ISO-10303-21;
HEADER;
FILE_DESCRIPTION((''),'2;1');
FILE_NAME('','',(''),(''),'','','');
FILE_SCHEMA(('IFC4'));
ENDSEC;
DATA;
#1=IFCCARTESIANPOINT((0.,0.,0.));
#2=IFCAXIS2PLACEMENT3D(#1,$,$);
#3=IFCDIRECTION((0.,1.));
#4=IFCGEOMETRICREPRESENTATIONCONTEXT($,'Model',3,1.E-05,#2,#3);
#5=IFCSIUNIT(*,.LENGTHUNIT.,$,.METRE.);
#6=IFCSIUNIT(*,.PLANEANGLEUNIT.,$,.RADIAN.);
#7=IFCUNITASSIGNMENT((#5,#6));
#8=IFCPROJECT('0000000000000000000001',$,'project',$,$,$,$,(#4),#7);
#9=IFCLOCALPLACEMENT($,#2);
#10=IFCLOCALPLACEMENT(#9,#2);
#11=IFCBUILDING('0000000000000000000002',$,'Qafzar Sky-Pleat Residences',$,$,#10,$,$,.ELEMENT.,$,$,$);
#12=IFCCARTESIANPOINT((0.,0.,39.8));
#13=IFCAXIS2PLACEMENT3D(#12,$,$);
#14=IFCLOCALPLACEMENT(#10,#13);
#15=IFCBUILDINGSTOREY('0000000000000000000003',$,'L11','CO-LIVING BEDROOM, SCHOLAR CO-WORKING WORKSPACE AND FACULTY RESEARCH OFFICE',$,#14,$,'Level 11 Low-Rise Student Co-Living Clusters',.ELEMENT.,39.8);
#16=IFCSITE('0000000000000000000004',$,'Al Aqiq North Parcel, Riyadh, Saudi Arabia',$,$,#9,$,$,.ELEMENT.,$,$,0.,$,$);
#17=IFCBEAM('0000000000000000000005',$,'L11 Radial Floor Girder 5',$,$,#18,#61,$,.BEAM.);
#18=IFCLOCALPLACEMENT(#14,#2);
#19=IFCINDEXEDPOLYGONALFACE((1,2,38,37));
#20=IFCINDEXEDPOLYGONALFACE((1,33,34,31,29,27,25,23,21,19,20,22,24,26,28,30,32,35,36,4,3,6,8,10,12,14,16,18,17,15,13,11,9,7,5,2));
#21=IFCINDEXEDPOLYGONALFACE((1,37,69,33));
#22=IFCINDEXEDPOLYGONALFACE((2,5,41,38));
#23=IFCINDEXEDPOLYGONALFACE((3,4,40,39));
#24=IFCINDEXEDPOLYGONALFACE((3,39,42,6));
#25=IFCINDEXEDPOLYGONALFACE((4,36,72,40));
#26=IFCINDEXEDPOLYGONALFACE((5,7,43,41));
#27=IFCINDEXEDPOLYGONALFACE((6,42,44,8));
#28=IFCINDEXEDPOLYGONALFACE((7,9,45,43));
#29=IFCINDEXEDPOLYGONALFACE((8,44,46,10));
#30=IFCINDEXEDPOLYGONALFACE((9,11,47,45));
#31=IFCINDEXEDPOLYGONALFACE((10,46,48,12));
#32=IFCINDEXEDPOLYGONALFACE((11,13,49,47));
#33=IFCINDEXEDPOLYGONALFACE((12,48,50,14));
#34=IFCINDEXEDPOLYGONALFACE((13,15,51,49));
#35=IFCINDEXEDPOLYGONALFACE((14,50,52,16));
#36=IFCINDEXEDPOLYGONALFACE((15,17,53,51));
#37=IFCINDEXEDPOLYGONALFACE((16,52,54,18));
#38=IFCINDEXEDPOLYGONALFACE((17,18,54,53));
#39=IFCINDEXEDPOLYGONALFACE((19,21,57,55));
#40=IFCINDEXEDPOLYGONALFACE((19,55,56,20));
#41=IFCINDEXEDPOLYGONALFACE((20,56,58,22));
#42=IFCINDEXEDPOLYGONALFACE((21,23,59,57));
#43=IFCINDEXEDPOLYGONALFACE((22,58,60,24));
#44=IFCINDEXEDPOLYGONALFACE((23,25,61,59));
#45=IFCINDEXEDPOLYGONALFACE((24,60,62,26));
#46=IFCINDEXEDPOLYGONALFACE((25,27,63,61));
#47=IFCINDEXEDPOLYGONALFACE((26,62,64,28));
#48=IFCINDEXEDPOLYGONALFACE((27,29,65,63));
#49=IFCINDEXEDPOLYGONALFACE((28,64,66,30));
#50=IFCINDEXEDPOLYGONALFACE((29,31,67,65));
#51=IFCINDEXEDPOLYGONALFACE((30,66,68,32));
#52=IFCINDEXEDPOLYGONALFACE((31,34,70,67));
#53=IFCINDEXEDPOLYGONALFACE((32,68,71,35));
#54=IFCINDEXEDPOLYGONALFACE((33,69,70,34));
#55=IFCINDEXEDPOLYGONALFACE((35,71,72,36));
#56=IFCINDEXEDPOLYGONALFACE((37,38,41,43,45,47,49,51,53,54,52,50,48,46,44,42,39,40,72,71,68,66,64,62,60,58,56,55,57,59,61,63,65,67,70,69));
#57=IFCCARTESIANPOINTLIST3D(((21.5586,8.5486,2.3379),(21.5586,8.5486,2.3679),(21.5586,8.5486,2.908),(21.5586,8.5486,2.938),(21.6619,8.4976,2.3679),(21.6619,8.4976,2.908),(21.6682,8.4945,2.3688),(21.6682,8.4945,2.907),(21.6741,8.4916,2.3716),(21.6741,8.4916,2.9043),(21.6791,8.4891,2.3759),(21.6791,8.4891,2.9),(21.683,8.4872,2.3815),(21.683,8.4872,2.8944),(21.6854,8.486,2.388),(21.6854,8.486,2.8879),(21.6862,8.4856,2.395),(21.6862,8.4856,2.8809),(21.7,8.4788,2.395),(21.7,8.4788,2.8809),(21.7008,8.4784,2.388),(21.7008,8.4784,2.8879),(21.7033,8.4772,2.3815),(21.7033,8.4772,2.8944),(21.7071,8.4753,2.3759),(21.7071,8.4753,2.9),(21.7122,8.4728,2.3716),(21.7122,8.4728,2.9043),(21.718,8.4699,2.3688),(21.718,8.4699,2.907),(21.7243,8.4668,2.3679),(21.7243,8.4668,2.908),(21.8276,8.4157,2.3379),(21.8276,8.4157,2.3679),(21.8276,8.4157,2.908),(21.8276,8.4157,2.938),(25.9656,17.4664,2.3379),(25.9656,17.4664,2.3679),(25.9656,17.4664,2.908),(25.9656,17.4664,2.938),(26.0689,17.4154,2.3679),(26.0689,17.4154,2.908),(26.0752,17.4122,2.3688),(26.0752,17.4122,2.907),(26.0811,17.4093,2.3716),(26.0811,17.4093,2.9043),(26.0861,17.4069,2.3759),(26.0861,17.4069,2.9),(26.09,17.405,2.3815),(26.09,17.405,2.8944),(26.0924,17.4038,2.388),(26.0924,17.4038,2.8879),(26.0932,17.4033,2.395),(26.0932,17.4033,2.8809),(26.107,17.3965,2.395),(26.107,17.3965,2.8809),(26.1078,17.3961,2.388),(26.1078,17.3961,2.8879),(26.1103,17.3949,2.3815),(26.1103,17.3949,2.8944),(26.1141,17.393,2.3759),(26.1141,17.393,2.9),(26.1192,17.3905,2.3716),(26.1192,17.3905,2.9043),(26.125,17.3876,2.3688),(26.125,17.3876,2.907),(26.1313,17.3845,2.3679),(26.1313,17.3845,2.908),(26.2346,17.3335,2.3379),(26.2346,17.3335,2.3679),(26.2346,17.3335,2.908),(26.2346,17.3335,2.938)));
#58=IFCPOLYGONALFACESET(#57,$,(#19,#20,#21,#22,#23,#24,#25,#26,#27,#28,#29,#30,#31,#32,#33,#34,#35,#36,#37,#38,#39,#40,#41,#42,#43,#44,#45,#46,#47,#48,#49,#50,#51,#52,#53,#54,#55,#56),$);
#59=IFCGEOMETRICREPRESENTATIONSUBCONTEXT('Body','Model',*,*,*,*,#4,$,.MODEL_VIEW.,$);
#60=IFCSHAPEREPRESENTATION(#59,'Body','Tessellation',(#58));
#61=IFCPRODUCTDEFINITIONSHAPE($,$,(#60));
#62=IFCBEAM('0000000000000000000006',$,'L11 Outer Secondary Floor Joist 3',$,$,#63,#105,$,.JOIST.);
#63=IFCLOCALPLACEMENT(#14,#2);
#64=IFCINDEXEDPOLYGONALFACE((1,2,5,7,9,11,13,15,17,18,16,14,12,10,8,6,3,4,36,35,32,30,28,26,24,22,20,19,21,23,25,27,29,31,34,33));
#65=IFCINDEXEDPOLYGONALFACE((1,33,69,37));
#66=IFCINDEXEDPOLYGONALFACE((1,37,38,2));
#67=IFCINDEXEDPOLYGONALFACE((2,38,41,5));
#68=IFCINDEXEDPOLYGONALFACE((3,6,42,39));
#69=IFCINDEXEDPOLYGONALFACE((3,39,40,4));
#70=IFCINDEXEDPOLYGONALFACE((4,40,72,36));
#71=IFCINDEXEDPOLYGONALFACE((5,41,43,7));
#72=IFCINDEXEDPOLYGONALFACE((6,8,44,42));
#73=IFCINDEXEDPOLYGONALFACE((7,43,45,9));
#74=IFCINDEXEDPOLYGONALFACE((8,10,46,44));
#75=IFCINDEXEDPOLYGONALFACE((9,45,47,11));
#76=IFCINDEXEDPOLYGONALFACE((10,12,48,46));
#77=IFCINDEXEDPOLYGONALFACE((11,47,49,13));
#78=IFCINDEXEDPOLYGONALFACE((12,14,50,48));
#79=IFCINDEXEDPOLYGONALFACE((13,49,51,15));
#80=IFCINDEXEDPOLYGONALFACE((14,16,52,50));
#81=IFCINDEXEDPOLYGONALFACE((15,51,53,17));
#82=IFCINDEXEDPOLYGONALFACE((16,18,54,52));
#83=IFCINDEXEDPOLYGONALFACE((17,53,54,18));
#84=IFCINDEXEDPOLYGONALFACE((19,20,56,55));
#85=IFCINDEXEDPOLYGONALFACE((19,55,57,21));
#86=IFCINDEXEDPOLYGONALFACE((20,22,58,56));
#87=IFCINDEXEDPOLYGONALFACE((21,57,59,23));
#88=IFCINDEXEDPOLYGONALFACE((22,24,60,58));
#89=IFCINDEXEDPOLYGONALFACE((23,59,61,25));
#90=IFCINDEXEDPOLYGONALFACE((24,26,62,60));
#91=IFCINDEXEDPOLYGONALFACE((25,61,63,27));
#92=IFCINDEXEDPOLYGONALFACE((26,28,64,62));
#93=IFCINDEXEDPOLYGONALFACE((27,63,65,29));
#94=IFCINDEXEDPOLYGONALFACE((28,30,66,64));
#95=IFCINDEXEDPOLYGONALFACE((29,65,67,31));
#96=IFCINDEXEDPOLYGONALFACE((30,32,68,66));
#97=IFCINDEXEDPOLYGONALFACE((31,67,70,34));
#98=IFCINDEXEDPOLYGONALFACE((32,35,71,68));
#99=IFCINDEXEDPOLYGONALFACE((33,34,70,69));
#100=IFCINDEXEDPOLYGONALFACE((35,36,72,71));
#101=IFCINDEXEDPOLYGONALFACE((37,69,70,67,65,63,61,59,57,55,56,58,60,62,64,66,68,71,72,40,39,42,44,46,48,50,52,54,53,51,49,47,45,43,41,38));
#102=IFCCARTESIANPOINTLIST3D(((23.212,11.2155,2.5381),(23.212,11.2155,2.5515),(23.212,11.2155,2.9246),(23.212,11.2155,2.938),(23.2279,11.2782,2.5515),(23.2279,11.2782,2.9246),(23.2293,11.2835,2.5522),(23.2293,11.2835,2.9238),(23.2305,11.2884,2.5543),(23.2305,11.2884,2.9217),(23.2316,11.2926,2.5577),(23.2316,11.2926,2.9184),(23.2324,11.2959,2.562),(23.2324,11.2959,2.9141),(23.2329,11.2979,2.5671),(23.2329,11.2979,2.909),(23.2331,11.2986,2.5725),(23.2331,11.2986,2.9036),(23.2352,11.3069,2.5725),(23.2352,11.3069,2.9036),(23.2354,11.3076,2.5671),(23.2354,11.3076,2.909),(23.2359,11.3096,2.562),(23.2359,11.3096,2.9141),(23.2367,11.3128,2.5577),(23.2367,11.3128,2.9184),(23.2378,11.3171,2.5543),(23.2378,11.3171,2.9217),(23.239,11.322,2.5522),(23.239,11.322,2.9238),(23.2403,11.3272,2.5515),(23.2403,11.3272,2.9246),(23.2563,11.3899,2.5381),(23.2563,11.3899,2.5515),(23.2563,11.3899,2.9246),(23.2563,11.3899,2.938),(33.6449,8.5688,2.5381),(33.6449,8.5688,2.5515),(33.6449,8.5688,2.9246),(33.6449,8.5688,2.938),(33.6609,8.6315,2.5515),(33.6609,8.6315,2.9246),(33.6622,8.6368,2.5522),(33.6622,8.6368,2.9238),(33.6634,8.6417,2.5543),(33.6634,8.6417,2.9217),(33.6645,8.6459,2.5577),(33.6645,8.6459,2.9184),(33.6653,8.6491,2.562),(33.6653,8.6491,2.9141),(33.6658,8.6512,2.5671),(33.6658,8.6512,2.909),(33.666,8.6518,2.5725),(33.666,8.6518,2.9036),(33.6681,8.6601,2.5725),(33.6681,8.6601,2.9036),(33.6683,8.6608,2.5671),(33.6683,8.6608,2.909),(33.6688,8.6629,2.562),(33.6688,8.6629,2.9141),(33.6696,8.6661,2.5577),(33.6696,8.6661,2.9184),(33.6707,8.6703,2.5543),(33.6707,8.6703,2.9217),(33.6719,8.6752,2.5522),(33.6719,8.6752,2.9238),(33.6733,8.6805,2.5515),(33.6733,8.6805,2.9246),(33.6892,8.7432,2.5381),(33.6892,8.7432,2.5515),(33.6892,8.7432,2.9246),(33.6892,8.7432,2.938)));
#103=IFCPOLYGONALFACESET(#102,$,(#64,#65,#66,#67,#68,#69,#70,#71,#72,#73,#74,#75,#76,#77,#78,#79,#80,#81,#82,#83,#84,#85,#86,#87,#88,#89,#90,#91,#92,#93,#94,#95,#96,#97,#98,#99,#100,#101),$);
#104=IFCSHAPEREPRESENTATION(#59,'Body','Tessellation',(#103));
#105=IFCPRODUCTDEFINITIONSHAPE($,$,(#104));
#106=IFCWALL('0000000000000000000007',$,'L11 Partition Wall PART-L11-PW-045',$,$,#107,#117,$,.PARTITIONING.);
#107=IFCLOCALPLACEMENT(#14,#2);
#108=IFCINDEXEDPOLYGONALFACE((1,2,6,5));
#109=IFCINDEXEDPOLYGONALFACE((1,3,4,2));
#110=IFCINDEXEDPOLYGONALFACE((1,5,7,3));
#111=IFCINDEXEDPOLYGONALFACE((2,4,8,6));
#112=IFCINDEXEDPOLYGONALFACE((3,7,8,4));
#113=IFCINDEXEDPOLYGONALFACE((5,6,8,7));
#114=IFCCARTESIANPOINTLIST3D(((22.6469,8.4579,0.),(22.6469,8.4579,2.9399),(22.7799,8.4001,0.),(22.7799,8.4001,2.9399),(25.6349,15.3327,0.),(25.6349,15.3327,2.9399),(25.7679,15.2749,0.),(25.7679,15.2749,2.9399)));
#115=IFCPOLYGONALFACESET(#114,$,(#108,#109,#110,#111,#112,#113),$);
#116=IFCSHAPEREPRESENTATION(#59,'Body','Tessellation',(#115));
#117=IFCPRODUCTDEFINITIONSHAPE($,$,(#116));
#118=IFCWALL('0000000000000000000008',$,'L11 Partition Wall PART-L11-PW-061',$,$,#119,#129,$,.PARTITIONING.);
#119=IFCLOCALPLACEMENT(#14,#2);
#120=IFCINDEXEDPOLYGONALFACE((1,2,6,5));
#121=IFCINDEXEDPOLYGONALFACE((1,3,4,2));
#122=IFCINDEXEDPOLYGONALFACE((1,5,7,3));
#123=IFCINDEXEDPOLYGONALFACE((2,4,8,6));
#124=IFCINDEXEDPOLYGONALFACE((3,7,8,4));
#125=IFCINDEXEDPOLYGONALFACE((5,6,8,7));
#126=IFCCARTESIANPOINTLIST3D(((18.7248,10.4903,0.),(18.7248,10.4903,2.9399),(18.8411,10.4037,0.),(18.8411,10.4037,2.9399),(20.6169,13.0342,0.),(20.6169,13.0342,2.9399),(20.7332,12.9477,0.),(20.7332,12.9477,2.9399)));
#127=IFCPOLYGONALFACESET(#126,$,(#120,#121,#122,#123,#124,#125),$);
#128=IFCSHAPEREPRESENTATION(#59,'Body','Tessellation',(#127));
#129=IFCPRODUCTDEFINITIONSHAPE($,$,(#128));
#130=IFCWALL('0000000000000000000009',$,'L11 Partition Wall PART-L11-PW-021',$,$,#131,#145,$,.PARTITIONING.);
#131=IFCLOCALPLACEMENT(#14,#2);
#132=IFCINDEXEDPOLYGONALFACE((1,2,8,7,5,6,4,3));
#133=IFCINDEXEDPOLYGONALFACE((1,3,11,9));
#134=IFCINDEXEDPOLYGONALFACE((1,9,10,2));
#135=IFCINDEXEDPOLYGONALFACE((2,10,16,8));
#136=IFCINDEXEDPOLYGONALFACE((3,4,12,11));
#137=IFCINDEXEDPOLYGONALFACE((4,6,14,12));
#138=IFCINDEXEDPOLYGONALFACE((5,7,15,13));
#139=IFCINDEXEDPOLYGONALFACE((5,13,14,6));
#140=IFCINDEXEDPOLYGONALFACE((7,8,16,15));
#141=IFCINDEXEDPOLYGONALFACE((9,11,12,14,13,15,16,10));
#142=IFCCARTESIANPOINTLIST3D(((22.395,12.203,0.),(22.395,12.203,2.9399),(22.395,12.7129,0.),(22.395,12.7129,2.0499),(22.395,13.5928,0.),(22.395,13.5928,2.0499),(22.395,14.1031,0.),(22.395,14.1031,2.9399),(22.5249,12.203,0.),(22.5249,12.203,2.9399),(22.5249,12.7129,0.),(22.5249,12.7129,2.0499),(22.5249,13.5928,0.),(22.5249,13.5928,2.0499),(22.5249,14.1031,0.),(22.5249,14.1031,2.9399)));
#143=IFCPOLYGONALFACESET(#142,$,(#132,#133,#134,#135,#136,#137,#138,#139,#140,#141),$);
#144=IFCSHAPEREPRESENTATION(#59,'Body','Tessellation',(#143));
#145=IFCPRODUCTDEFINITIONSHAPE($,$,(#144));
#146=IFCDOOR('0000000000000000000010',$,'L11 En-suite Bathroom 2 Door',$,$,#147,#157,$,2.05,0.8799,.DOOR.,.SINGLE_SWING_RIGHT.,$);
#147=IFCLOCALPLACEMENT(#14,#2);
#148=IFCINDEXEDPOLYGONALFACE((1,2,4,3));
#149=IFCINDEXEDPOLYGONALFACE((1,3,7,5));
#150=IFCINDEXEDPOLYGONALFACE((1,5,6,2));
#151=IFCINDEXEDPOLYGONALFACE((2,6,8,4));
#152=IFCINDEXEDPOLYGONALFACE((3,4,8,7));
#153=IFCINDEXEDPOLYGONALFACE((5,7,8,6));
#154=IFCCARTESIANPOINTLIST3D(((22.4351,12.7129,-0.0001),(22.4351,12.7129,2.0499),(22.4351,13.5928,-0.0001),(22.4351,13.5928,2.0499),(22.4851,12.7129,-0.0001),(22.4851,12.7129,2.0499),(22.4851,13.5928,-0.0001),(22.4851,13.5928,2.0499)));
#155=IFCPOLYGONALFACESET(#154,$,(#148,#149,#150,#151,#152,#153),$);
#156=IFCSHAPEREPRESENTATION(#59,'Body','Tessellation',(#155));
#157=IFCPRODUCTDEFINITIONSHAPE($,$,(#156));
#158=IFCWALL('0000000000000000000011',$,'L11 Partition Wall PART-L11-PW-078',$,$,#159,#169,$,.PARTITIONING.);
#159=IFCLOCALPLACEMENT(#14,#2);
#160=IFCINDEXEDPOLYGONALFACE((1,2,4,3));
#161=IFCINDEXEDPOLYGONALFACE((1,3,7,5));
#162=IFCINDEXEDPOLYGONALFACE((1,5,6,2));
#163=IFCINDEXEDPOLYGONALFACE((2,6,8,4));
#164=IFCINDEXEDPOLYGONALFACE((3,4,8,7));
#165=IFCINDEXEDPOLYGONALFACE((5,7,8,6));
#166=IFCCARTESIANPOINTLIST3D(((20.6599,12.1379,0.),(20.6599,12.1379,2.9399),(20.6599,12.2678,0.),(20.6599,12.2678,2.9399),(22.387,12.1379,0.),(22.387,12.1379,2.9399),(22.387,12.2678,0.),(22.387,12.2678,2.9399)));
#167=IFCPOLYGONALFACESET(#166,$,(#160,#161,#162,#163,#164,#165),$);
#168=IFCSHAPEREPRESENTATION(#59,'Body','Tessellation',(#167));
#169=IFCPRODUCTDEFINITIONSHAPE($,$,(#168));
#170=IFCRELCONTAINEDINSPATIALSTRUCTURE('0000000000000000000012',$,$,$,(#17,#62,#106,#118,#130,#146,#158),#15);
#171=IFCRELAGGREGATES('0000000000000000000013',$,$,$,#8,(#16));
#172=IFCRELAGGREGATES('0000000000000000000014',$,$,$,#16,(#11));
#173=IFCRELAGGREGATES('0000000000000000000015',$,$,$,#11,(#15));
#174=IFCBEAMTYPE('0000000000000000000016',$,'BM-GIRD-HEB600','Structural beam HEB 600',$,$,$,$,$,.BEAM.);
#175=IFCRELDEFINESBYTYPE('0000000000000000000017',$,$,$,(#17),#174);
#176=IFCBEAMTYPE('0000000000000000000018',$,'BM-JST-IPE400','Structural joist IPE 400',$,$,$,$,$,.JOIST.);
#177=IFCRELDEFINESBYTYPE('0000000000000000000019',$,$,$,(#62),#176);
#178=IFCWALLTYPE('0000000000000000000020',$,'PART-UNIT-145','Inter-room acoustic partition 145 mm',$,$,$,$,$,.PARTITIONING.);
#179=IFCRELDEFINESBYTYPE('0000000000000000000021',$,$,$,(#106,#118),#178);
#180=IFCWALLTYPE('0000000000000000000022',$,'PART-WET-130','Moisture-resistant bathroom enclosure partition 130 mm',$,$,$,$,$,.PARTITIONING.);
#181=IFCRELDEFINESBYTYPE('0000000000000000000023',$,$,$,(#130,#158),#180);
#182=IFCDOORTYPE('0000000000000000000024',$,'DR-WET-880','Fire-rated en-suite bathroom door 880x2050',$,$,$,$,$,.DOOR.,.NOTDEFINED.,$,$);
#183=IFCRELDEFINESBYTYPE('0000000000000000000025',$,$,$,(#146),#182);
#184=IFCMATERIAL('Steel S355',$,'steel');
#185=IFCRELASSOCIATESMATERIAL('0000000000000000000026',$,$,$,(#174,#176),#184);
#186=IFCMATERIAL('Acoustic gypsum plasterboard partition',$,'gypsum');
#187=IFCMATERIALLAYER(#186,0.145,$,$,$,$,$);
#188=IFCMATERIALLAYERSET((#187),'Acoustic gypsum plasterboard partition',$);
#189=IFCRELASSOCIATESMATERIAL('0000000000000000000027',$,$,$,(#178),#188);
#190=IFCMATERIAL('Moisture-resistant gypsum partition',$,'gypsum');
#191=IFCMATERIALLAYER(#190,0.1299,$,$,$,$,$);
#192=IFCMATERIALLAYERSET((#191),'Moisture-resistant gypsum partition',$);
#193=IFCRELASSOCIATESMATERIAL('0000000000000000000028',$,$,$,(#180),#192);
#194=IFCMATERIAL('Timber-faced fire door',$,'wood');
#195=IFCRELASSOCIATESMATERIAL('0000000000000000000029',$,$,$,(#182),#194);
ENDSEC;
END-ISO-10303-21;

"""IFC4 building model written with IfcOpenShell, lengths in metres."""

from ifc_helpers import new_model, si_unit, direction, frame, frame_2d, origin, origin_2d, place, context, subcontext, project, spatial, rectangle, i_section, extrude, source, transform, mapped, material, layer, layer_set, material_profile, profile_set, type_object, element, fill, save


model = new_model("IFC4")

# Units and contexts
model_context = context("Model", 3, precision=1e-05, world=origin(), true_north=direction((0.0, 1.0)))
body_context = subcontext(model_context, "Body", "Model", "MODEL_VIEW")
ifc_project = project(units=[si_unit("LENGTHUNIT", "METRE"), si_unit("PLANEANGLEUNIT", "RADIAN")], contexts=[model_context])

# Site, building, storey
site_placement = place(None, origin())
site = spatial("IfcSite", under=ifc_project, at=site_placement, Name="Al Aqiq North Parcel, Riyadh, Saudi Arabia", CompositionType="ELEMENT", RefElevation=0.0)
building_placement = place(site_placement, origin())
building = spatial("IfcBuilding", under=site, at=building_placement, Name="Qafzar Sky-Pleat Residences", CompositionType="ELEMENT")
storey_placement = place(building_placement, frame((0.0, 0.0, 39.8)))
storey = spatial("IfcBuildingStorey", under=building, at=storey_placement, Name="L11", Description="CO-LIVING BEDROOM, SCHOLAR CO-WORKING WORKSPACE AND FACULTY RESEARCH OFFICE", LongName="Level 11 Low-Rise Student Co-Living Clusters", CompositionType="ELEMENT", Elevation=39.8)

# Beams
ifc_material_1 = material(Name="Steel S355", Category="steel")
ifc_material_profile_1 = material_profile(ifc_material_1, i_section(OverallWidth=0.3, OverallDepth=0.6001, WebThickness=0.0154, FlangeThickness=0.03, FilletRadius=0.0271, at=origin_2d()), Name="HEB 600")
ifc_profile_set_1 = profile_set([ifc_material_profile_1], Name="Steel S355")
beam_type_1 = type_object("IfcBeamType", Name="BM-GIRD-HEB600", Description="Structural beam HEB 600", PredefinedType="BEAM", material=ifc_profile_set_1)
shared_shape_1 = source(origin(), body_context, "Body", "SweptSolid", [
    extrude(i_section(OverallWidth=0.3, OverallDepth=0.6001, WebThickness=0.0154, FlangeThickness=0.03, FilletRadius=0.0271, at=origin_2d()), origin(), (0.0, 0.0, 1.0), 9.9473),
])
beam_1_placement = place(storey_placement, frame((21.6931, 8.4822, 2.6379), z_axis=(0.443036, 0.896504, 0.0), x_axis=(-0.896504, 0.443036, 0.0)))
element("IfcBeam", 1, at=beam_1_placement, inside=storey, type_object=beam_type_1, Name="L11 Radial Floor Girder 5", PredefinedType="BEAM", context=body_context, shape_type="MappedRepresentation", body=[
    mapped(shared_shape_1, transform((0.0, 0.0, 0.0), x_axis=(1.0, 0.0, 0.0), y_axis=(0.0, 1.0, 0.0), z_axis=(0.0, 0.0, 1.0), scale=1.0)),
])
ifc_material_profile_2 = material_profile(ifc_material_1, i_section(OverallWidth=0.1799, OverallDepth=0.3999, WebThickness=0.0085, FlangeThickness=0.0134, FilletRadius=0.021, at=origin_2d()), Name="IPE 400")
ifc_profile_set_2 = profile_set([ifc_material_profile_2], Name="Steel S355")
beam_type_2 = type_object("IfcBeamType", Name="BM-JST-IPE400", Description="Structural joist IPE 400", PredefinedType="JOIST", material=ifc_profile_set_2)
shared_shape_2 = source(origin(), body_context, "Body", "SweptSolid", [
    extrude(i_section(OverallWidth=0.1799, OverallDepth=0.3999, WebThickness=0.0085, FlangeThickness=0.0134, FilletRadius=0.021, at=origin_2d()), origin(), (0.0, 0.0, 1.0), 10.7634),
])
beam_2_placement = place(storey_placement, frame((23.2341, 11.3027, 2.738), z_axis=(0.969295, -0.245902, 0.0), x_axis=(0.245902, 0.969295, 0.0)))
element("IfcBeam", 2, at=beam_2_placement, inside=storey, type_object=beam_type_2, Name="L11 Outer Secondary Floor Joist 3", PredefinedType="JOIST", context=body_context, shape_type="MappedRepresentation", body=[
    mapped(shared_shape_2, transform((0.0, 0.0, 0.0), x_axis=(1.0, 0.0, 0.0), y_axis=(0.0, 1.0, 0.0), z_axis=(0.0, 0.0, 1.0), scale=1.0)),
])

# Walls
ifc_material_2 = material(Name="Acoustic gypsum plasterboard partition", Category="gypsum")
ifc_layer_1 = layer(ifc_material_2, 0.145)
ifc_layer_set_1 = layer_set([ifc_layer_1], Name="Acoustic gypsum plasterboard partition")
wall_type_1 = type_object("IfcWallType", Name="PART-UNIT-145", Description="Inter-room acoustic partition 145 mm", PredefinedType="PARTITIONING", material=ifc_layer_set_1)
wall_1_placement = place(storey_placement, frame((22.7134, 8.429, 0.0), z_axis=(0.0, 0.0, 1.0), x_axis=(0.398615, 0.917118, 0.0)))
element("IfcWall", 3, at=wall_1_placement, inside=storey, type_object=wall_type_1, Name="L11 Partition Wall PART-L11-PW-045", PredefinedType="PARTITIONING", context=body_context, shape_type="SweptSolid", body=[
    extrude(rectangle(XDim=7.4961, YDim=0.145, at=frame_2d((3.748, 0.0))), origin(), (0.0, 0.0, 1.0), 2.9399),
])
wall_2_placement = place(storey_placement, frame((18.783, 10.447, 0.0), z_axis=(0.0, 0.0, 1.0), x_axis=(0.596792, 0.802396, 0.0)))
element("IfcWall", 4, at=wall_2_placement, inside=storey, type_object=wall_type_1, Name="L11 Partition Wall PART-L11-PW-061", PredefinedType="PARTITIONING", context=body_context, shape_type="SweptSolid", body=[
    extrude(rectangle(XDim=3.1704, YDim=0.145, at=frame_2d((1.5852, 0.0))), origin(), (0.0, 0.0, 1.0), 2.9399),
])

# Wall, opening, door
ifc_material_3 = material(Name="Moisture-resistant gypsum partition", Category="gypsum")
ifc_layer_2 = layer(ifc_material_3, 0.1299)
ifc_layer_set_2 = layer_set([ifc_layer_2], Name="Moisture-resistant gypsum partition")
wall_type_2 = type_object("IfcWallType", Name="PART-WET-130", Description="Moisture-resistant bathroom enclosure partition 130 mm", PredefinedType="PARTITIONING", material=ifc_layer_set_2)
wall_3_placement = place(storey_placement, frame((22.46, 12.2029, 0.0), z_axis=(0.0, 0.0, 1.0), x_axis=(0.0, 1.0, 0.0)))
wall_3 = element("IfcWall", 5, at=wall_3_placement, inside=storey, type_object=wall_type_2, Name="L11 Partition Wall PART-L11-PW-021", PredefinedType="PARTITIONING", context=body_context, shape_type="SweptSolid", body=[
    extrude(rectangle(XDim=1.9001, YDim=0.1299, at=frame_2d((0.9502, 0.0))), origin(), (0.0, 0.0, 1.0), 2.9399),
])
opening_1_placement = place(wall_3_placement, frame((0.51, 0.0, 0.0)))
opening_1 = element("IfcOpeningElement", 6, at=opening_1_placement, cuts=wall_3, PredefinedType="OPENING", context=body_context, shape_type="SweptSolid", body=[
    extrude(rectangle(XDim=0.8799, YDim=2.05, at=frame_2d((0.4399, 1.0249))), frame((0.0, 0.075, 0.0), z_axis=(0.0, -1.0, 0.0), x_axis=(1.0, 0.0, 0.0)), (0.0, 0.0, 1.0), 0.1499),
])
ifc_material_4 = material(Name="Timber-faced fire door", Category="wood")
door_type = type_object("IfcDoorType", Name="DR-WET-880", Description="Fire-rated en-suite bathroom door 880x2050", OperationType="NOTDEFINED", PredefinedType="DOOR", material=ifc_material_4)
shared_shape_3 = source(origin(), body_context, "Body", "SweptSolid", [
    extrude(rectangle(XDim=0.8799, YDim=2.05, at=frame_2d((0.4399, 1.0249))), frame((0.0, 0.0249, 0.0), z_axis=(0.0, -1.0, 0.0), x_axis=(1.0, 0.0, 0.0)), (0.0, 0.0, 1.0), 0.05),
])
door_placement = place(opening_1_placement, origin())
door = element("IfcDoor", 7, at=door_placement, inside=storey, type_object=door_type, Name="L11 En-suite Bathroom 2 Door", OperationType="SINGLE_SWING_RIGHT", OverallHeight=2.05, OverallWidth=0.8799, PredefinedType="DOOR", context=body_context, shape_type="MappedRepresentation", body=[
    mapped(shared_shape_3, transform((0.0, 0.0, 0.0), x_axis=(1.0, 0.0, 0.0), y_axis=(0.0, 1.0, 0.0), z_axis=(0.0, 0.0, 1.0), scale=1.0)),
])
fill(opening_1, door)

# Wall
wall_4_placement = place(storey_placement, frame((20.6599, 12.2029, 0.0), z_axis=(0.0, 0.0, 1.0), x_axis=(1.0, 0.0, 0.0)))
element("IfcWall", 8, at=wall_4_placement, inside=storey, type_object=wall_type_2, Name="L11 Partition Wall PART-L11-PW-078", PredefinedType="PARTITIONING", context=body_context, shape_type="SweptSolid", body=[
    extrude(rectangle(XDim=1.7271, YDim=0.1299, at=frame_2d((0.8635, 0.0))), origin(), (0.0, 0.0, 1.0), 2.9399),
])

save(model, "model.ifc")
